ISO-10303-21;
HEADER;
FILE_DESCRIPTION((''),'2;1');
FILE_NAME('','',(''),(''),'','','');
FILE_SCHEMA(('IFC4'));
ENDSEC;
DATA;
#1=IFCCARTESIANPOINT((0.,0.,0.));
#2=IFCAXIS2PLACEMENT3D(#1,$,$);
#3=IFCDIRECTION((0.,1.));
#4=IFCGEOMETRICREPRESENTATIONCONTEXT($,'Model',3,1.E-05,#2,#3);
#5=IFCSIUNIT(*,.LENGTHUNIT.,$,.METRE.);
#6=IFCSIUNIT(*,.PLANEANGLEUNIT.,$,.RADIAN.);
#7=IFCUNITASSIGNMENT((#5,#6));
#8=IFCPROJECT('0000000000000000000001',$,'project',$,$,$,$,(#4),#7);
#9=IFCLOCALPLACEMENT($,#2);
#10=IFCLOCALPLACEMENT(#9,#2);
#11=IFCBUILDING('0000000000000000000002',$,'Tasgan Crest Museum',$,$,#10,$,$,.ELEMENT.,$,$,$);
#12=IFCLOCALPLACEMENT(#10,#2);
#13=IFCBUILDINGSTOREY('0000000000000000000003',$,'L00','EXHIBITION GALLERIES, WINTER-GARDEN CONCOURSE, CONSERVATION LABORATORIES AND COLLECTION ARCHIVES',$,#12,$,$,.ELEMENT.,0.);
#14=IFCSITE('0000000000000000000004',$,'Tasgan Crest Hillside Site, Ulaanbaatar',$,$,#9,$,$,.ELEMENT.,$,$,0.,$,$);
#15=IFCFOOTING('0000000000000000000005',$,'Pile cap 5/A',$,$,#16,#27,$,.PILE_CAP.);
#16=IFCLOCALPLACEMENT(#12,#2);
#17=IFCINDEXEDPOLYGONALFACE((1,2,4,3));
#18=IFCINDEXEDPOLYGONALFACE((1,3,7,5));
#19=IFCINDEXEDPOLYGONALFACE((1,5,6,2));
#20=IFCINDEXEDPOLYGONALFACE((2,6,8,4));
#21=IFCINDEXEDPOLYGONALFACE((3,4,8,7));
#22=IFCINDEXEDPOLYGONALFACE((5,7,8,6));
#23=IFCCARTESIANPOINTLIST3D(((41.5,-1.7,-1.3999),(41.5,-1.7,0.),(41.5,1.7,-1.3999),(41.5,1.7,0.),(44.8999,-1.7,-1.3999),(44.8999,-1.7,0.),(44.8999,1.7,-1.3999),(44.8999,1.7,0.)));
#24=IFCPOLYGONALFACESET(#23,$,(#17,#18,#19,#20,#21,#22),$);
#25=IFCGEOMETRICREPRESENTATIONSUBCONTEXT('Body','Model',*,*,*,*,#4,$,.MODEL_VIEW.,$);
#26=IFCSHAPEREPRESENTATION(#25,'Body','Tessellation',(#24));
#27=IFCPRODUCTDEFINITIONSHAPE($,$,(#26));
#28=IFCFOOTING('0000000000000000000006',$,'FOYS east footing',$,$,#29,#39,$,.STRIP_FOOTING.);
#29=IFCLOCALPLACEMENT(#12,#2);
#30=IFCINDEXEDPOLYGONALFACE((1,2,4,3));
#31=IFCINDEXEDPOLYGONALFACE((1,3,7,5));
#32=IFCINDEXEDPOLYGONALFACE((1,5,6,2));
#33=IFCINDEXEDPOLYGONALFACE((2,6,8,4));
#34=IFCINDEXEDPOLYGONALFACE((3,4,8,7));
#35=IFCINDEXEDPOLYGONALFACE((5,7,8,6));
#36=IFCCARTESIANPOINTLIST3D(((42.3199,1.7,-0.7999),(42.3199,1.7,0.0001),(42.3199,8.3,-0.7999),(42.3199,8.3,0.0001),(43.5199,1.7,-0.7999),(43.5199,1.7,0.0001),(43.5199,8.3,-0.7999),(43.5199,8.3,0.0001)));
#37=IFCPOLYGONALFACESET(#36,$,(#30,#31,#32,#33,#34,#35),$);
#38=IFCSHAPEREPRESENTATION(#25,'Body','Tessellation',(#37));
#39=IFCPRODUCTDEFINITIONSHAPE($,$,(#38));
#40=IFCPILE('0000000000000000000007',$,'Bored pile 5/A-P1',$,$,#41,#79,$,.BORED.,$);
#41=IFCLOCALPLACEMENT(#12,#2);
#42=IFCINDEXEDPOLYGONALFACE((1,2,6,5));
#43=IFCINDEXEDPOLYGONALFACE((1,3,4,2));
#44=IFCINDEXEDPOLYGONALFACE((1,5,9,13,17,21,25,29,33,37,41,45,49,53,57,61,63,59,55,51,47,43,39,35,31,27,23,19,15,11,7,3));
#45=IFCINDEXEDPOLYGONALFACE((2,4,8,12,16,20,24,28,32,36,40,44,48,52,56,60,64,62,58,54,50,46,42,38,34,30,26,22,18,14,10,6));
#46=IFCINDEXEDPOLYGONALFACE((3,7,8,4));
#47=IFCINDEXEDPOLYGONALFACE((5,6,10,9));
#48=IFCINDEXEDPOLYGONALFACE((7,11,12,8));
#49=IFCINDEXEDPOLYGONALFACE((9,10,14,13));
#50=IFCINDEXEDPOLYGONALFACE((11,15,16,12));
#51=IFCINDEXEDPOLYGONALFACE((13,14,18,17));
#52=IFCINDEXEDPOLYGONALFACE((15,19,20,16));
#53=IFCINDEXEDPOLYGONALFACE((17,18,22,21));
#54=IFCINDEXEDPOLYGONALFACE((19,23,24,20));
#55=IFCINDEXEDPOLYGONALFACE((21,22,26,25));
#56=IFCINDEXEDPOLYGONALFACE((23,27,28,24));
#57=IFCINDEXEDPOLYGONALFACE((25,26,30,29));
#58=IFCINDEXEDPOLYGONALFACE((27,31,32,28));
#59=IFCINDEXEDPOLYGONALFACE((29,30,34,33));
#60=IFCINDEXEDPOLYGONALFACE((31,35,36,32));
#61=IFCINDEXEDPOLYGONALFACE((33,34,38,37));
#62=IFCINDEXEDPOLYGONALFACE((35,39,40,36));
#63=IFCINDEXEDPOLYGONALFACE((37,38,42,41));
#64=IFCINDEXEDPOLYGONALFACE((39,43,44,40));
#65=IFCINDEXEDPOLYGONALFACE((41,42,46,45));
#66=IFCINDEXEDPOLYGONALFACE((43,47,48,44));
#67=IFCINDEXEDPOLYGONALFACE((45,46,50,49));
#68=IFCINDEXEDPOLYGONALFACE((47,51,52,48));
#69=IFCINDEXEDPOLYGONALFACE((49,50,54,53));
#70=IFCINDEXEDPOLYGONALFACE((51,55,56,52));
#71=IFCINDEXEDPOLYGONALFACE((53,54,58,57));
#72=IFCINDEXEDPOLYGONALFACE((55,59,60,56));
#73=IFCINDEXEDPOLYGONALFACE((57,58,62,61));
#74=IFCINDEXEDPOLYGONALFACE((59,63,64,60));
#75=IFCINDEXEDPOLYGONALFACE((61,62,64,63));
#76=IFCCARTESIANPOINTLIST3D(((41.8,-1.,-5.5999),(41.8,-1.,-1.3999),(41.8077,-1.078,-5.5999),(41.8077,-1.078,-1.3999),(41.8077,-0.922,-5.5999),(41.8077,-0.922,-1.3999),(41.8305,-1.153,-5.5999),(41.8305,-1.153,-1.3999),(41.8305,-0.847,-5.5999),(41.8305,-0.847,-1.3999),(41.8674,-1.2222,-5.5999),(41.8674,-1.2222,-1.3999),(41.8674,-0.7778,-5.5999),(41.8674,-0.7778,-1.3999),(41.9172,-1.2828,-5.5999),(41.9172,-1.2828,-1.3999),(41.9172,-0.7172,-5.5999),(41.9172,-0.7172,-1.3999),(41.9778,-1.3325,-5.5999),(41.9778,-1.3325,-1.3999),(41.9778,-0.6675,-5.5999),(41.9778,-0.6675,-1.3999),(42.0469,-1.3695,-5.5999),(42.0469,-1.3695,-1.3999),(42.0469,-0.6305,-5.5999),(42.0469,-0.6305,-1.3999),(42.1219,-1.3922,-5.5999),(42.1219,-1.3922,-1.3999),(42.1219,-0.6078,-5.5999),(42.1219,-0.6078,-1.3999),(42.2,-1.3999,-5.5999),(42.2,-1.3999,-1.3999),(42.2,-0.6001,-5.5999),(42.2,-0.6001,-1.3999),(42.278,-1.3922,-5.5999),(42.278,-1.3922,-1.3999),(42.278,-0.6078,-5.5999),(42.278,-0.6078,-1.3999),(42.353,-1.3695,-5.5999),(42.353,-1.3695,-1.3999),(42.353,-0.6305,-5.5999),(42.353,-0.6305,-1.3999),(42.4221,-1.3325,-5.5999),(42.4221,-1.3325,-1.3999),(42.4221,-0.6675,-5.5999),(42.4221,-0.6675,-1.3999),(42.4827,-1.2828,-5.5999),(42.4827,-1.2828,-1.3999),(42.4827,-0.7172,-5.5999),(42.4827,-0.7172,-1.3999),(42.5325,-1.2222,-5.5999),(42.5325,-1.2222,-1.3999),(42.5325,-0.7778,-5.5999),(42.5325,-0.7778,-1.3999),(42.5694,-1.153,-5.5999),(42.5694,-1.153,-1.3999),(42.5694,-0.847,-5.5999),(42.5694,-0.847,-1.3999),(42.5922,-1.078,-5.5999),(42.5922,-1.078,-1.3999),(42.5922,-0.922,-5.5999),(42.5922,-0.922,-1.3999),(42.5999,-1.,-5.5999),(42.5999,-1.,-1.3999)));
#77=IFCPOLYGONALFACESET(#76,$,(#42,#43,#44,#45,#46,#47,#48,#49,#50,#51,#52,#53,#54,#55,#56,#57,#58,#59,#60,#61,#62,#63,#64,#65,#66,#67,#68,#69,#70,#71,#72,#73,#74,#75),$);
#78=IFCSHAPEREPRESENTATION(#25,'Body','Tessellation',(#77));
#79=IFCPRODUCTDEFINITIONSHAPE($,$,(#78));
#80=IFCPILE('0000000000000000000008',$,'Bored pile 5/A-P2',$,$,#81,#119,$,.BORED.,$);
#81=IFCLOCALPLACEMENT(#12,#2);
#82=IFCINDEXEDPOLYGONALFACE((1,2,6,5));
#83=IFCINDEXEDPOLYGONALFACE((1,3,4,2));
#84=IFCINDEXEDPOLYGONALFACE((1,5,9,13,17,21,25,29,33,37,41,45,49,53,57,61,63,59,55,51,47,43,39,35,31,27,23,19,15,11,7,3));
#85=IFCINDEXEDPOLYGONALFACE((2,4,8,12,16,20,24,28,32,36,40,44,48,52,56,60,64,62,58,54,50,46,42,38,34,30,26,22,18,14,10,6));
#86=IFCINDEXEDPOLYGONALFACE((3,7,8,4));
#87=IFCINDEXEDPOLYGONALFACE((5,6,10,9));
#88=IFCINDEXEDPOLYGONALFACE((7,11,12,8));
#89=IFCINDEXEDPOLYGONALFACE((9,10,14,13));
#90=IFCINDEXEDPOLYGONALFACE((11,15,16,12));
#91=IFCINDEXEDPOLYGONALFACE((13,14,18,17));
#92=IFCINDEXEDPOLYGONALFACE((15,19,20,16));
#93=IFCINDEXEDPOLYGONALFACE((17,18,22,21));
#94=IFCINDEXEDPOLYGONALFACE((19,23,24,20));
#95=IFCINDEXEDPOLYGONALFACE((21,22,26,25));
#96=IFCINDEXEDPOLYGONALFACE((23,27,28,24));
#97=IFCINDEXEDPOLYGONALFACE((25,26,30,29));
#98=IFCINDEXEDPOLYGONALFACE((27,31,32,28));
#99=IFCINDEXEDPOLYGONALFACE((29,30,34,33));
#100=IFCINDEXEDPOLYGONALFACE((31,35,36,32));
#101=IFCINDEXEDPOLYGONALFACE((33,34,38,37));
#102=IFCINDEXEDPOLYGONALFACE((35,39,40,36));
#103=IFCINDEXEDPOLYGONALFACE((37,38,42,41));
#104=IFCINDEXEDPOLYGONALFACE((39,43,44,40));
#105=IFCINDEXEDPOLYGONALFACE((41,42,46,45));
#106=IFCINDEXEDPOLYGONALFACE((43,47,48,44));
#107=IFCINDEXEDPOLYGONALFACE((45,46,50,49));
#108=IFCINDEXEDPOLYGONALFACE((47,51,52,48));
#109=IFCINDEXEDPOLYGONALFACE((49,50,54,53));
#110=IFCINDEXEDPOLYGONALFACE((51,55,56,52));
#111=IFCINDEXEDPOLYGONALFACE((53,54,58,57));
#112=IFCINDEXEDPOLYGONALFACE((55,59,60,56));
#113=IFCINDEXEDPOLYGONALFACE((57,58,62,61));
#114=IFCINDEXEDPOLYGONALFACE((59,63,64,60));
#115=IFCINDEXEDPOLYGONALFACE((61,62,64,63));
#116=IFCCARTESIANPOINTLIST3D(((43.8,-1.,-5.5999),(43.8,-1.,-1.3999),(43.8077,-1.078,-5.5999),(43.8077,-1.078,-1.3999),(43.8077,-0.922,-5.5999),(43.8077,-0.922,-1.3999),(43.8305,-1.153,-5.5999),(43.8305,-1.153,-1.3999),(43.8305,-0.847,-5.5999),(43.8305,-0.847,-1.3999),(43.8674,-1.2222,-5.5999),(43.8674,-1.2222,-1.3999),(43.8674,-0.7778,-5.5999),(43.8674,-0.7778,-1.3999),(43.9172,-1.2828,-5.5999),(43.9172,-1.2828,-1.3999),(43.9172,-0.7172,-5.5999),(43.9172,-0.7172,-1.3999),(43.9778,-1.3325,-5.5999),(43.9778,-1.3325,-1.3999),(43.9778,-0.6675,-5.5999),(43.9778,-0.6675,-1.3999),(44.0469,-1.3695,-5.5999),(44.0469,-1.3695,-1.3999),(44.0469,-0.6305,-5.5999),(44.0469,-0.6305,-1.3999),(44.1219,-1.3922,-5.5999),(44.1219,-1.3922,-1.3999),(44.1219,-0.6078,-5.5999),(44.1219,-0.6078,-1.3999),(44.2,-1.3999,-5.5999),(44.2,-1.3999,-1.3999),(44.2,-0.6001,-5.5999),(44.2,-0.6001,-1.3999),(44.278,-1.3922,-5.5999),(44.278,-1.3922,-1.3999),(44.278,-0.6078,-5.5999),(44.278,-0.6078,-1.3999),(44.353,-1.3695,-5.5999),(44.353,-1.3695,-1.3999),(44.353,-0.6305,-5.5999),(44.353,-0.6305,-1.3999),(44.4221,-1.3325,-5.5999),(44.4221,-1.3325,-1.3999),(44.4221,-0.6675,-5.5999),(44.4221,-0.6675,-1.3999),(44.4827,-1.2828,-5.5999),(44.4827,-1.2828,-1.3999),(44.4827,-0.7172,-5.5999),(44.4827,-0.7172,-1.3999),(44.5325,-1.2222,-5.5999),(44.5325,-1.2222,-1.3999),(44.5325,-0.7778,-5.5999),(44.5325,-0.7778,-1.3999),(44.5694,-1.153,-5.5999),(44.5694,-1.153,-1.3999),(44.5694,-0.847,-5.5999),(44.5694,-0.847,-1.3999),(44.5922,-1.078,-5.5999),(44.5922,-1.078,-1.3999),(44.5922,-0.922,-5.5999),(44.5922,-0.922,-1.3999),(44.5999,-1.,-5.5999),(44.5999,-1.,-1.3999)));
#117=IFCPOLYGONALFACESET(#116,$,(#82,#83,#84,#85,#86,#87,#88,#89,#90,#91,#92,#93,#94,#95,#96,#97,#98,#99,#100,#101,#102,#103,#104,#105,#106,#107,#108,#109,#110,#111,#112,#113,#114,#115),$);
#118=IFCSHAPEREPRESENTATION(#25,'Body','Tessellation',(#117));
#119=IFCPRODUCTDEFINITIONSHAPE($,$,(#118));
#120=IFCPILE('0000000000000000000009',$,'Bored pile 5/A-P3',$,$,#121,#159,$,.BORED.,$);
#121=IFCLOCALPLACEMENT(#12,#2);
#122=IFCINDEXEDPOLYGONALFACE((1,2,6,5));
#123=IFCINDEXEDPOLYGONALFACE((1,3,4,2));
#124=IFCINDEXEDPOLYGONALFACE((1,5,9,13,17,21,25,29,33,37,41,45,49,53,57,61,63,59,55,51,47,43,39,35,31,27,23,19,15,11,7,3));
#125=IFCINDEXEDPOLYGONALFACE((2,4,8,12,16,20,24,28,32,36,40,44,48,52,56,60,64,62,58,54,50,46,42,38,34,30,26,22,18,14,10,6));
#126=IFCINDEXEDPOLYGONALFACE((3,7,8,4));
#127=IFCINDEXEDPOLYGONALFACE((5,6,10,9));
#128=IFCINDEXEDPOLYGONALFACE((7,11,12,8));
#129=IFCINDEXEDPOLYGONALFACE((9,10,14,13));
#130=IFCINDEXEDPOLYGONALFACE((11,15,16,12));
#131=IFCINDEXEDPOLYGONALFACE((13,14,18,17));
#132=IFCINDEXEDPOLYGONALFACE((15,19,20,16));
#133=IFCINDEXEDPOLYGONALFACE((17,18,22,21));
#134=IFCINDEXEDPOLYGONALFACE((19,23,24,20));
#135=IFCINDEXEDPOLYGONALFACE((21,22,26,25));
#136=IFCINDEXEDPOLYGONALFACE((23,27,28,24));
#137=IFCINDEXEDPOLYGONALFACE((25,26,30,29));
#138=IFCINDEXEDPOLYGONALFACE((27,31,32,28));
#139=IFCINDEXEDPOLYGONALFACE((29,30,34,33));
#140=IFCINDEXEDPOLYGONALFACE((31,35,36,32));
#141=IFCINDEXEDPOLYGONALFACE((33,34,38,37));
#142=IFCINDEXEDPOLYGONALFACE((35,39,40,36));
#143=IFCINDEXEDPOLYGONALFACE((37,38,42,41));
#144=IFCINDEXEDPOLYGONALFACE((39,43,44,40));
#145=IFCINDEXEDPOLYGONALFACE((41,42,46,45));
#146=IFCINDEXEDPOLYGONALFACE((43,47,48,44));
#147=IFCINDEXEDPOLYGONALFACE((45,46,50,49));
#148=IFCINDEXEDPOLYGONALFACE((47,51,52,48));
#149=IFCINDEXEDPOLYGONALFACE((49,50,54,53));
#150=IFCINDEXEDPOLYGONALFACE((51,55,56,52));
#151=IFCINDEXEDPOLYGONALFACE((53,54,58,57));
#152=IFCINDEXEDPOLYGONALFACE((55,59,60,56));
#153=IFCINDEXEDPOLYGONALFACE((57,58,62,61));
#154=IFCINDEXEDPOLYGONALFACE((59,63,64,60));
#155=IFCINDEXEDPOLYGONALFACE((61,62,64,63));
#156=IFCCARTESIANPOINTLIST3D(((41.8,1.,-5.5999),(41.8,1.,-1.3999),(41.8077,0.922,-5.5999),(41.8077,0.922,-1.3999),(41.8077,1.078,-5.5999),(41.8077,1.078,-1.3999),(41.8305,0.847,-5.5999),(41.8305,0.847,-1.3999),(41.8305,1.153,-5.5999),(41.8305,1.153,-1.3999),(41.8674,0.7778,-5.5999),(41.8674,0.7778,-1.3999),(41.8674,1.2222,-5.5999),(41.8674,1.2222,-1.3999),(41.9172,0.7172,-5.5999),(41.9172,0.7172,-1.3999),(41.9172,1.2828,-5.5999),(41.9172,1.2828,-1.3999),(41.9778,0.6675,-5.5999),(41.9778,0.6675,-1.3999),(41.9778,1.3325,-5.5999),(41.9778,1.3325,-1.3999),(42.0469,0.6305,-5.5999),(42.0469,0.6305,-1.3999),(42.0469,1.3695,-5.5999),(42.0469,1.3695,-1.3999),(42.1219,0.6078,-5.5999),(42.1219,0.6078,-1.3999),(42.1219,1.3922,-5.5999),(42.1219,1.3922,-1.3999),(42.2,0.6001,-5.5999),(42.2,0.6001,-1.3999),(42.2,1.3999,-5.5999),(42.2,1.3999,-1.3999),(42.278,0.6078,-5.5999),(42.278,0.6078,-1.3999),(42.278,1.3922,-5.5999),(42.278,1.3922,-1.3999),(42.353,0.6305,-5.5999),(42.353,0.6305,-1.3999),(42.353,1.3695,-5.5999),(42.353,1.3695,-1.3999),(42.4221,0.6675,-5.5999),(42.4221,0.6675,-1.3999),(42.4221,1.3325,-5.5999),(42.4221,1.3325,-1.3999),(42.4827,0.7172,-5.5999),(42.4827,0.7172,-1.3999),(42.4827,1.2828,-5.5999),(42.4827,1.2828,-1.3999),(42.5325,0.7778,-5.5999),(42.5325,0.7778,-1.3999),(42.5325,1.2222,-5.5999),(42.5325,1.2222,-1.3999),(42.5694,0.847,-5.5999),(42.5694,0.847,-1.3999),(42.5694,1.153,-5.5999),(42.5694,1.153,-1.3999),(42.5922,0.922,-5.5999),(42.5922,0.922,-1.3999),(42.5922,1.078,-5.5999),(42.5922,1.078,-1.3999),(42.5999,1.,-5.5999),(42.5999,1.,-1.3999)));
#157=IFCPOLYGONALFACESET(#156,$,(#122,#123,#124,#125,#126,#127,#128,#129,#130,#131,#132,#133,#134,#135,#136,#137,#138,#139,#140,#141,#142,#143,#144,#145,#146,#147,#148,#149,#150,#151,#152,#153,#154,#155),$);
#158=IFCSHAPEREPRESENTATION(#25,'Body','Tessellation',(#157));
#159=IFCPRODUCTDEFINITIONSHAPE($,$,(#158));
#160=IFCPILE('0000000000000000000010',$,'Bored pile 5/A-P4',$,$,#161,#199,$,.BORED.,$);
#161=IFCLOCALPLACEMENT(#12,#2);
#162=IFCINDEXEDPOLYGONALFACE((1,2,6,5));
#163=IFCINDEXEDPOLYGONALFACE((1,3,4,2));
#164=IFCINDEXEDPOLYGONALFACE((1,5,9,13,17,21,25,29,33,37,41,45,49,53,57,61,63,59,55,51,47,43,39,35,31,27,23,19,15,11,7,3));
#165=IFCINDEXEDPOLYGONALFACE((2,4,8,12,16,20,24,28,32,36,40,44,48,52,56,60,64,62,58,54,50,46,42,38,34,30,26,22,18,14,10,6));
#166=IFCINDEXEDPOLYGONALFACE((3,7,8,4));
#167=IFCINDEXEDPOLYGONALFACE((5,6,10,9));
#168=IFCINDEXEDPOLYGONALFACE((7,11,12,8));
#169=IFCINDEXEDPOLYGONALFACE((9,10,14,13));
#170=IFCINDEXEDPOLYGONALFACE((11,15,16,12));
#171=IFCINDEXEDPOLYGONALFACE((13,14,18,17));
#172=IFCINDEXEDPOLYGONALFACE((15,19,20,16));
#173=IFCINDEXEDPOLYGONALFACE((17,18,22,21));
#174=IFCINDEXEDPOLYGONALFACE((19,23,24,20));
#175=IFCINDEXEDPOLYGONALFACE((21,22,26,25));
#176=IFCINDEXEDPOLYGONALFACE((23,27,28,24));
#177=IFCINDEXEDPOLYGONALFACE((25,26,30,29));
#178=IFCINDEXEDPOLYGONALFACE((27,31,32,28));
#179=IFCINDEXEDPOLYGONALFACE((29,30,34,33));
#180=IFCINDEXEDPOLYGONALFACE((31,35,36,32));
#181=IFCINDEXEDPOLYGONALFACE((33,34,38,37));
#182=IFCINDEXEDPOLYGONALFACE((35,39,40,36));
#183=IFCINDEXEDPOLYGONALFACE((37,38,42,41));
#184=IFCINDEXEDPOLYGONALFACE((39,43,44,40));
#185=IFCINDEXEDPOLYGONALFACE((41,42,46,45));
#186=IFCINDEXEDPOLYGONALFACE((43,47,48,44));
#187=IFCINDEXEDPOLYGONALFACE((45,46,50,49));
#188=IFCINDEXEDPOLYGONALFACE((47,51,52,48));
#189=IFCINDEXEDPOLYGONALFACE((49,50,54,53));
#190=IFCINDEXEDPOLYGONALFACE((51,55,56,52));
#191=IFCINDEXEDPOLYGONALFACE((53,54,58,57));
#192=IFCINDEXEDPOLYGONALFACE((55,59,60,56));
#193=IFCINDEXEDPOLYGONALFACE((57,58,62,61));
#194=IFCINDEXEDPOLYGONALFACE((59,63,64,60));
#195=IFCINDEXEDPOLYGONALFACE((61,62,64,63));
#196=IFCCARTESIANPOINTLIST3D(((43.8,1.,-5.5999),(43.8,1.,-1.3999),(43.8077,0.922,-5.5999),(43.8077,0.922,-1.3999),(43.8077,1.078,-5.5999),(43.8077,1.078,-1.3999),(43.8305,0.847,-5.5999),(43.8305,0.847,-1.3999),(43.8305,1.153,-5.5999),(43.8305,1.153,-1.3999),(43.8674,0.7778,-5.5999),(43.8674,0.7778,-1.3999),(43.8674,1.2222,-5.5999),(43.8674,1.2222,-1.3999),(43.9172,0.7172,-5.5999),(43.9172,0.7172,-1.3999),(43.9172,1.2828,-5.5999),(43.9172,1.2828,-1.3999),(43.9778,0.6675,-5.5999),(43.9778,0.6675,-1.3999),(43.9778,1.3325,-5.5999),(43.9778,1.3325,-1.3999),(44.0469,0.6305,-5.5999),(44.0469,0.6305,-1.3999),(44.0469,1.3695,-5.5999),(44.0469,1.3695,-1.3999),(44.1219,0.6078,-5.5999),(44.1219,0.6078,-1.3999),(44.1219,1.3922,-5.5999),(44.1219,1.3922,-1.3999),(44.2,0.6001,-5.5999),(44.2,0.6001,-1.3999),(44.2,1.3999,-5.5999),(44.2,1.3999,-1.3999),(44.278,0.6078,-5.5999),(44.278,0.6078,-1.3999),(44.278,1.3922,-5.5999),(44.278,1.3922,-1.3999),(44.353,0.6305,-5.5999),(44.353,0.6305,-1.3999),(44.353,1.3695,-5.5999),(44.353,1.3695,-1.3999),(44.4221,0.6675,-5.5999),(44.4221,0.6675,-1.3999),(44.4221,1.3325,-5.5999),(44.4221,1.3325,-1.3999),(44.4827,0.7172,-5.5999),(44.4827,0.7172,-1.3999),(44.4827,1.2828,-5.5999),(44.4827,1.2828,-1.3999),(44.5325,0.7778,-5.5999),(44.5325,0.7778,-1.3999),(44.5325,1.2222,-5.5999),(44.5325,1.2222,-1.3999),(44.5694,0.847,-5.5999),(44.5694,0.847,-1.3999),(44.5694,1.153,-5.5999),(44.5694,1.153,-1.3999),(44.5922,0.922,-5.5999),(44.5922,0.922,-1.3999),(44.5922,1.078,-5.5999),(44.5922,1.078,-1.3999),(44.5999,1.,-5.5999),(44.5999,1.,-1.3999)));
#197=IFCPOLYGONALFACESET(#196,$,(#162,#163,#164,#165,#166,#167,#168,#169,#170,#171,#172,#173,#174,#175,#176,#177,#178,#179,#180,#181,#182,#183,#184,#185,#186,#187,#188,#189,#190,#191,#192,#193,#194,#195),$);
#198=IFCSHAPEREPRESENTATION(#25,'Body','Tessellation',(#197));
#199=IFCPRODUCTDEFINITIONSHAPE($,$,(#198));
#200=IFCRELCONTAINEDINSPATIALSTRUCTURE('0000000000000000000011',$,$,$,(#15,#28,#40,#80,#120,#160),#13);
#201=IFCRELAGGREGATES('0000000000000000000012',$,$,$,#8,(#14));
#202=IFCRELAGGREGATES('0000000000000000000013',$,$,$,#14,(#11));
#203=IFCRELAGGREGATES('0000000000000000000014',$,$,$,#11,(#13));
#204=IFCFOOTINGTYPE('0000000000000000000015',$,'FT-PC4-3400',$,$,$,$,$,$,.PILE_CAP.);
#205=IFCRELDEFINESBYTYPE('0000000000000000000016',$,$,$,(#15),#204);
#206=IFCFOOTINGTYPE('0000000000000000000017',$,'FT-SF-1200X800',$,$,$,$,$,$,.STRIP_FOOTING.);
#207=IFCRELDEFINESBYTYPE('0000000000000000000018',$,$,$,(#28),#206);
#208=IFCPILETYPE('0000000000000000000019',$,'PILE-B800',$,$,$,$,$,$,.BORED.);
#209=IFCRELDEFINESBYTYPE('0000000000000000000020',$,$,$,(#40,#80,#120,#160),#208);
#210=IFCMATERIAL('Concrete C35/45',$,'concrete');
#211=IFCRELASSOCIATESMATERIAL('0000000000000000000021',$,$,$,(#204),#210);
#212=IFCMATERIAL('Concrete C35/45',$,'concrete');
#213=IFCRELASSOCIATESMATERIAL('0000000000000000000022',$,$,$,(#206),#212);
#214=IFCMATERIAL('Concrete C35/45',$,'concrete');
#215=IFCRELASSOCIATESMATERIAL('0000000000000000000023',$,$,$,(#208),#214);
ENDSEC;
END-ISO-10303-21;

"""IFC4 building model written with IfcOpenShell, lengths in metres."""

from ifc_helpers import new_model, si_unit, direction, frame, origin, origin_2d, place, context, subcontext, project, spatial, rectangle, circle, extrude, material, material_profile, profile_set, type_object, element, save


model = new_model("IFC4")

# Units and contexts
model_context = context("Model", 3, precision=1e-05, world=origin(), true_north=direction((0.0, 1.0)))
body_context = subcontext(model_context, "Body", "Model", "MODEL_VIEW")
ifc_project = project(units=[si_unit("LENGTHUNIT", "METRE"), si_unit("PLANEANGLEUNIT", "RADIAN")], contexts=[model_context])

# Site, building, storey
site_placement = place(None, origin())
site = spatial("IfcSite", under=ifc_project, at=site_placement, Name="Tasgan Crest Hillside Site, Ulaanbaatar", CompositionType="ELEMENT", RefElevation=0.0)
building_placement = place(site_placement, origin())
building = spatial("IfcBuilding", under=site, at=building_placement, Name="Tasgan Crest Museum", CompositionType="ELEMENT")
storey_placement = place(building_placement, origin())
storey = spatial("IfcBuildingStorey", under=building, at=storey_placement, Name="L00", Description="EXHIBITION GALLERIES, WINTER-GARDEN CONCOURSE, CONSERVATION LABORATORIES AND COLLECTION ARCHIVES", CompositionType="ELEMENT", Elevation=0.0)

# Footings
ifc_material_1 = material(Name="Concrete C35/45", Category="concrete")
footing_type_1 = type_object("IfcFootingType", Name="FT-PC4-3400", PredefinedType="PILE_CAP", material=ifc_material_1)
footing_1_placement = place(storey_placement, frame((43.2, 0.0, -1.3999), z_axis=(0.0, 0.0, 1.0), x_axis=(1.0, 0.0, 0.0)))
element("IfcFooting", 1, at=footing_1_placement, inside=storey, type_object=footing_type_1, Name="Pile cap 5/A", PredefinedType="PILE_CAP", context=body_context, shape_type="SweptSolid", body=[
    extrude(rectangle(XDim=3.3999, YDim=3.3999, at=origin_2d()), origin(), (0.0, 0.0, 1.0), 1.3999),
])
ifc_material_2 = material(Name="Concrete C35/45", Category="concrete")
ifc_material_profile_1 = material_profile(ifc_material_2, rectangle(XDim=1.2, YDim=0.8, at=origin_2d()), Name="SF 1200x800")
ifc_profile_set_1 = profile_set([ifc_material_profile_1], Name="Concrete C35/45")
footing_type_2 = type_object("IfcFootingType", Name="FT-SF-1200X800", PredefinedType="STRIP_FOOTING", material=ifc_profile_set_1)
footing_2_placement = place(storey_placement, frame((42.9199, 1.7, -0.3999), z_axis=(0.0, 1.0, 0.0), x_axis=(-1.0, 0.0, 0.0)))
element("IfcFooting", 2, at=footing_2_placement, inside=storey, type_object=footing_type_2, Name="FOYS east footing", PredefinedType="STRIP_FOOTING", context=body_context, shape_type="SweptSolid", body=[
    extrude(rectangle(XDim=1.2, YDim=0.8, at=origin_2d()), origin(), (0.0, 0.0, 1.0), 6.6001),
])

# Piles
ifc_material_3 = material(Name="Concrete C35/45", Category="concrete")
ifc_material_profile_2 = material_profile(ifc_material_3, circle(Radius=0.3999, at=origin_2d()), Name="PILE D800")
ifc_profile_set_2 = profile_set([ifc_material_profile_2], Name="Concrete C35/45")
pile_type = type_object("IfcPileType", Name="PILE-B800", PredefinedType="BORED", material=ifc_profile_set_2)
for number, where, z_axis, x_axis, name in (
    (3, (42.2, -1.0, -1.3999), (0.0, 0.0, -1.0), (1.0, 0.0, 0.0), "Bored pile 5/A-P1"),
    (4, (44.2, -1.0, -1.3999), (0.0, 0.0, -1.0), (1.0, 0.0, 0.0), "Bored pile 5/A-P2"),
    (5, (42.2, 1.0, -1.3999), (0.0, 0.0, -1.0), (1.0, 0.0, 0.0), "Bored pile 5/A-P3"),
    (6, (44.2, 1.0, -1.3999), (0.0, 0.0, -1.0), (1.0, 0.0, 0.0), "Bored pile 5/A-P4"),
):
    element("IfcPile", number, at=place(storey_placement, frame(where, z_axis=z_axis, x_axis=x_axis)), inside=storey, type_object=pile_type, Name=name, PredefinedType="BORED", context=body_context, shape_type="SweptSolid", body=[
        extrude(circle(Radius=0.3999, at=origin_2d()), origin(), (0.0, 0.0, 1.0), 4.2),
    ])

save(model, "model.ifc")
